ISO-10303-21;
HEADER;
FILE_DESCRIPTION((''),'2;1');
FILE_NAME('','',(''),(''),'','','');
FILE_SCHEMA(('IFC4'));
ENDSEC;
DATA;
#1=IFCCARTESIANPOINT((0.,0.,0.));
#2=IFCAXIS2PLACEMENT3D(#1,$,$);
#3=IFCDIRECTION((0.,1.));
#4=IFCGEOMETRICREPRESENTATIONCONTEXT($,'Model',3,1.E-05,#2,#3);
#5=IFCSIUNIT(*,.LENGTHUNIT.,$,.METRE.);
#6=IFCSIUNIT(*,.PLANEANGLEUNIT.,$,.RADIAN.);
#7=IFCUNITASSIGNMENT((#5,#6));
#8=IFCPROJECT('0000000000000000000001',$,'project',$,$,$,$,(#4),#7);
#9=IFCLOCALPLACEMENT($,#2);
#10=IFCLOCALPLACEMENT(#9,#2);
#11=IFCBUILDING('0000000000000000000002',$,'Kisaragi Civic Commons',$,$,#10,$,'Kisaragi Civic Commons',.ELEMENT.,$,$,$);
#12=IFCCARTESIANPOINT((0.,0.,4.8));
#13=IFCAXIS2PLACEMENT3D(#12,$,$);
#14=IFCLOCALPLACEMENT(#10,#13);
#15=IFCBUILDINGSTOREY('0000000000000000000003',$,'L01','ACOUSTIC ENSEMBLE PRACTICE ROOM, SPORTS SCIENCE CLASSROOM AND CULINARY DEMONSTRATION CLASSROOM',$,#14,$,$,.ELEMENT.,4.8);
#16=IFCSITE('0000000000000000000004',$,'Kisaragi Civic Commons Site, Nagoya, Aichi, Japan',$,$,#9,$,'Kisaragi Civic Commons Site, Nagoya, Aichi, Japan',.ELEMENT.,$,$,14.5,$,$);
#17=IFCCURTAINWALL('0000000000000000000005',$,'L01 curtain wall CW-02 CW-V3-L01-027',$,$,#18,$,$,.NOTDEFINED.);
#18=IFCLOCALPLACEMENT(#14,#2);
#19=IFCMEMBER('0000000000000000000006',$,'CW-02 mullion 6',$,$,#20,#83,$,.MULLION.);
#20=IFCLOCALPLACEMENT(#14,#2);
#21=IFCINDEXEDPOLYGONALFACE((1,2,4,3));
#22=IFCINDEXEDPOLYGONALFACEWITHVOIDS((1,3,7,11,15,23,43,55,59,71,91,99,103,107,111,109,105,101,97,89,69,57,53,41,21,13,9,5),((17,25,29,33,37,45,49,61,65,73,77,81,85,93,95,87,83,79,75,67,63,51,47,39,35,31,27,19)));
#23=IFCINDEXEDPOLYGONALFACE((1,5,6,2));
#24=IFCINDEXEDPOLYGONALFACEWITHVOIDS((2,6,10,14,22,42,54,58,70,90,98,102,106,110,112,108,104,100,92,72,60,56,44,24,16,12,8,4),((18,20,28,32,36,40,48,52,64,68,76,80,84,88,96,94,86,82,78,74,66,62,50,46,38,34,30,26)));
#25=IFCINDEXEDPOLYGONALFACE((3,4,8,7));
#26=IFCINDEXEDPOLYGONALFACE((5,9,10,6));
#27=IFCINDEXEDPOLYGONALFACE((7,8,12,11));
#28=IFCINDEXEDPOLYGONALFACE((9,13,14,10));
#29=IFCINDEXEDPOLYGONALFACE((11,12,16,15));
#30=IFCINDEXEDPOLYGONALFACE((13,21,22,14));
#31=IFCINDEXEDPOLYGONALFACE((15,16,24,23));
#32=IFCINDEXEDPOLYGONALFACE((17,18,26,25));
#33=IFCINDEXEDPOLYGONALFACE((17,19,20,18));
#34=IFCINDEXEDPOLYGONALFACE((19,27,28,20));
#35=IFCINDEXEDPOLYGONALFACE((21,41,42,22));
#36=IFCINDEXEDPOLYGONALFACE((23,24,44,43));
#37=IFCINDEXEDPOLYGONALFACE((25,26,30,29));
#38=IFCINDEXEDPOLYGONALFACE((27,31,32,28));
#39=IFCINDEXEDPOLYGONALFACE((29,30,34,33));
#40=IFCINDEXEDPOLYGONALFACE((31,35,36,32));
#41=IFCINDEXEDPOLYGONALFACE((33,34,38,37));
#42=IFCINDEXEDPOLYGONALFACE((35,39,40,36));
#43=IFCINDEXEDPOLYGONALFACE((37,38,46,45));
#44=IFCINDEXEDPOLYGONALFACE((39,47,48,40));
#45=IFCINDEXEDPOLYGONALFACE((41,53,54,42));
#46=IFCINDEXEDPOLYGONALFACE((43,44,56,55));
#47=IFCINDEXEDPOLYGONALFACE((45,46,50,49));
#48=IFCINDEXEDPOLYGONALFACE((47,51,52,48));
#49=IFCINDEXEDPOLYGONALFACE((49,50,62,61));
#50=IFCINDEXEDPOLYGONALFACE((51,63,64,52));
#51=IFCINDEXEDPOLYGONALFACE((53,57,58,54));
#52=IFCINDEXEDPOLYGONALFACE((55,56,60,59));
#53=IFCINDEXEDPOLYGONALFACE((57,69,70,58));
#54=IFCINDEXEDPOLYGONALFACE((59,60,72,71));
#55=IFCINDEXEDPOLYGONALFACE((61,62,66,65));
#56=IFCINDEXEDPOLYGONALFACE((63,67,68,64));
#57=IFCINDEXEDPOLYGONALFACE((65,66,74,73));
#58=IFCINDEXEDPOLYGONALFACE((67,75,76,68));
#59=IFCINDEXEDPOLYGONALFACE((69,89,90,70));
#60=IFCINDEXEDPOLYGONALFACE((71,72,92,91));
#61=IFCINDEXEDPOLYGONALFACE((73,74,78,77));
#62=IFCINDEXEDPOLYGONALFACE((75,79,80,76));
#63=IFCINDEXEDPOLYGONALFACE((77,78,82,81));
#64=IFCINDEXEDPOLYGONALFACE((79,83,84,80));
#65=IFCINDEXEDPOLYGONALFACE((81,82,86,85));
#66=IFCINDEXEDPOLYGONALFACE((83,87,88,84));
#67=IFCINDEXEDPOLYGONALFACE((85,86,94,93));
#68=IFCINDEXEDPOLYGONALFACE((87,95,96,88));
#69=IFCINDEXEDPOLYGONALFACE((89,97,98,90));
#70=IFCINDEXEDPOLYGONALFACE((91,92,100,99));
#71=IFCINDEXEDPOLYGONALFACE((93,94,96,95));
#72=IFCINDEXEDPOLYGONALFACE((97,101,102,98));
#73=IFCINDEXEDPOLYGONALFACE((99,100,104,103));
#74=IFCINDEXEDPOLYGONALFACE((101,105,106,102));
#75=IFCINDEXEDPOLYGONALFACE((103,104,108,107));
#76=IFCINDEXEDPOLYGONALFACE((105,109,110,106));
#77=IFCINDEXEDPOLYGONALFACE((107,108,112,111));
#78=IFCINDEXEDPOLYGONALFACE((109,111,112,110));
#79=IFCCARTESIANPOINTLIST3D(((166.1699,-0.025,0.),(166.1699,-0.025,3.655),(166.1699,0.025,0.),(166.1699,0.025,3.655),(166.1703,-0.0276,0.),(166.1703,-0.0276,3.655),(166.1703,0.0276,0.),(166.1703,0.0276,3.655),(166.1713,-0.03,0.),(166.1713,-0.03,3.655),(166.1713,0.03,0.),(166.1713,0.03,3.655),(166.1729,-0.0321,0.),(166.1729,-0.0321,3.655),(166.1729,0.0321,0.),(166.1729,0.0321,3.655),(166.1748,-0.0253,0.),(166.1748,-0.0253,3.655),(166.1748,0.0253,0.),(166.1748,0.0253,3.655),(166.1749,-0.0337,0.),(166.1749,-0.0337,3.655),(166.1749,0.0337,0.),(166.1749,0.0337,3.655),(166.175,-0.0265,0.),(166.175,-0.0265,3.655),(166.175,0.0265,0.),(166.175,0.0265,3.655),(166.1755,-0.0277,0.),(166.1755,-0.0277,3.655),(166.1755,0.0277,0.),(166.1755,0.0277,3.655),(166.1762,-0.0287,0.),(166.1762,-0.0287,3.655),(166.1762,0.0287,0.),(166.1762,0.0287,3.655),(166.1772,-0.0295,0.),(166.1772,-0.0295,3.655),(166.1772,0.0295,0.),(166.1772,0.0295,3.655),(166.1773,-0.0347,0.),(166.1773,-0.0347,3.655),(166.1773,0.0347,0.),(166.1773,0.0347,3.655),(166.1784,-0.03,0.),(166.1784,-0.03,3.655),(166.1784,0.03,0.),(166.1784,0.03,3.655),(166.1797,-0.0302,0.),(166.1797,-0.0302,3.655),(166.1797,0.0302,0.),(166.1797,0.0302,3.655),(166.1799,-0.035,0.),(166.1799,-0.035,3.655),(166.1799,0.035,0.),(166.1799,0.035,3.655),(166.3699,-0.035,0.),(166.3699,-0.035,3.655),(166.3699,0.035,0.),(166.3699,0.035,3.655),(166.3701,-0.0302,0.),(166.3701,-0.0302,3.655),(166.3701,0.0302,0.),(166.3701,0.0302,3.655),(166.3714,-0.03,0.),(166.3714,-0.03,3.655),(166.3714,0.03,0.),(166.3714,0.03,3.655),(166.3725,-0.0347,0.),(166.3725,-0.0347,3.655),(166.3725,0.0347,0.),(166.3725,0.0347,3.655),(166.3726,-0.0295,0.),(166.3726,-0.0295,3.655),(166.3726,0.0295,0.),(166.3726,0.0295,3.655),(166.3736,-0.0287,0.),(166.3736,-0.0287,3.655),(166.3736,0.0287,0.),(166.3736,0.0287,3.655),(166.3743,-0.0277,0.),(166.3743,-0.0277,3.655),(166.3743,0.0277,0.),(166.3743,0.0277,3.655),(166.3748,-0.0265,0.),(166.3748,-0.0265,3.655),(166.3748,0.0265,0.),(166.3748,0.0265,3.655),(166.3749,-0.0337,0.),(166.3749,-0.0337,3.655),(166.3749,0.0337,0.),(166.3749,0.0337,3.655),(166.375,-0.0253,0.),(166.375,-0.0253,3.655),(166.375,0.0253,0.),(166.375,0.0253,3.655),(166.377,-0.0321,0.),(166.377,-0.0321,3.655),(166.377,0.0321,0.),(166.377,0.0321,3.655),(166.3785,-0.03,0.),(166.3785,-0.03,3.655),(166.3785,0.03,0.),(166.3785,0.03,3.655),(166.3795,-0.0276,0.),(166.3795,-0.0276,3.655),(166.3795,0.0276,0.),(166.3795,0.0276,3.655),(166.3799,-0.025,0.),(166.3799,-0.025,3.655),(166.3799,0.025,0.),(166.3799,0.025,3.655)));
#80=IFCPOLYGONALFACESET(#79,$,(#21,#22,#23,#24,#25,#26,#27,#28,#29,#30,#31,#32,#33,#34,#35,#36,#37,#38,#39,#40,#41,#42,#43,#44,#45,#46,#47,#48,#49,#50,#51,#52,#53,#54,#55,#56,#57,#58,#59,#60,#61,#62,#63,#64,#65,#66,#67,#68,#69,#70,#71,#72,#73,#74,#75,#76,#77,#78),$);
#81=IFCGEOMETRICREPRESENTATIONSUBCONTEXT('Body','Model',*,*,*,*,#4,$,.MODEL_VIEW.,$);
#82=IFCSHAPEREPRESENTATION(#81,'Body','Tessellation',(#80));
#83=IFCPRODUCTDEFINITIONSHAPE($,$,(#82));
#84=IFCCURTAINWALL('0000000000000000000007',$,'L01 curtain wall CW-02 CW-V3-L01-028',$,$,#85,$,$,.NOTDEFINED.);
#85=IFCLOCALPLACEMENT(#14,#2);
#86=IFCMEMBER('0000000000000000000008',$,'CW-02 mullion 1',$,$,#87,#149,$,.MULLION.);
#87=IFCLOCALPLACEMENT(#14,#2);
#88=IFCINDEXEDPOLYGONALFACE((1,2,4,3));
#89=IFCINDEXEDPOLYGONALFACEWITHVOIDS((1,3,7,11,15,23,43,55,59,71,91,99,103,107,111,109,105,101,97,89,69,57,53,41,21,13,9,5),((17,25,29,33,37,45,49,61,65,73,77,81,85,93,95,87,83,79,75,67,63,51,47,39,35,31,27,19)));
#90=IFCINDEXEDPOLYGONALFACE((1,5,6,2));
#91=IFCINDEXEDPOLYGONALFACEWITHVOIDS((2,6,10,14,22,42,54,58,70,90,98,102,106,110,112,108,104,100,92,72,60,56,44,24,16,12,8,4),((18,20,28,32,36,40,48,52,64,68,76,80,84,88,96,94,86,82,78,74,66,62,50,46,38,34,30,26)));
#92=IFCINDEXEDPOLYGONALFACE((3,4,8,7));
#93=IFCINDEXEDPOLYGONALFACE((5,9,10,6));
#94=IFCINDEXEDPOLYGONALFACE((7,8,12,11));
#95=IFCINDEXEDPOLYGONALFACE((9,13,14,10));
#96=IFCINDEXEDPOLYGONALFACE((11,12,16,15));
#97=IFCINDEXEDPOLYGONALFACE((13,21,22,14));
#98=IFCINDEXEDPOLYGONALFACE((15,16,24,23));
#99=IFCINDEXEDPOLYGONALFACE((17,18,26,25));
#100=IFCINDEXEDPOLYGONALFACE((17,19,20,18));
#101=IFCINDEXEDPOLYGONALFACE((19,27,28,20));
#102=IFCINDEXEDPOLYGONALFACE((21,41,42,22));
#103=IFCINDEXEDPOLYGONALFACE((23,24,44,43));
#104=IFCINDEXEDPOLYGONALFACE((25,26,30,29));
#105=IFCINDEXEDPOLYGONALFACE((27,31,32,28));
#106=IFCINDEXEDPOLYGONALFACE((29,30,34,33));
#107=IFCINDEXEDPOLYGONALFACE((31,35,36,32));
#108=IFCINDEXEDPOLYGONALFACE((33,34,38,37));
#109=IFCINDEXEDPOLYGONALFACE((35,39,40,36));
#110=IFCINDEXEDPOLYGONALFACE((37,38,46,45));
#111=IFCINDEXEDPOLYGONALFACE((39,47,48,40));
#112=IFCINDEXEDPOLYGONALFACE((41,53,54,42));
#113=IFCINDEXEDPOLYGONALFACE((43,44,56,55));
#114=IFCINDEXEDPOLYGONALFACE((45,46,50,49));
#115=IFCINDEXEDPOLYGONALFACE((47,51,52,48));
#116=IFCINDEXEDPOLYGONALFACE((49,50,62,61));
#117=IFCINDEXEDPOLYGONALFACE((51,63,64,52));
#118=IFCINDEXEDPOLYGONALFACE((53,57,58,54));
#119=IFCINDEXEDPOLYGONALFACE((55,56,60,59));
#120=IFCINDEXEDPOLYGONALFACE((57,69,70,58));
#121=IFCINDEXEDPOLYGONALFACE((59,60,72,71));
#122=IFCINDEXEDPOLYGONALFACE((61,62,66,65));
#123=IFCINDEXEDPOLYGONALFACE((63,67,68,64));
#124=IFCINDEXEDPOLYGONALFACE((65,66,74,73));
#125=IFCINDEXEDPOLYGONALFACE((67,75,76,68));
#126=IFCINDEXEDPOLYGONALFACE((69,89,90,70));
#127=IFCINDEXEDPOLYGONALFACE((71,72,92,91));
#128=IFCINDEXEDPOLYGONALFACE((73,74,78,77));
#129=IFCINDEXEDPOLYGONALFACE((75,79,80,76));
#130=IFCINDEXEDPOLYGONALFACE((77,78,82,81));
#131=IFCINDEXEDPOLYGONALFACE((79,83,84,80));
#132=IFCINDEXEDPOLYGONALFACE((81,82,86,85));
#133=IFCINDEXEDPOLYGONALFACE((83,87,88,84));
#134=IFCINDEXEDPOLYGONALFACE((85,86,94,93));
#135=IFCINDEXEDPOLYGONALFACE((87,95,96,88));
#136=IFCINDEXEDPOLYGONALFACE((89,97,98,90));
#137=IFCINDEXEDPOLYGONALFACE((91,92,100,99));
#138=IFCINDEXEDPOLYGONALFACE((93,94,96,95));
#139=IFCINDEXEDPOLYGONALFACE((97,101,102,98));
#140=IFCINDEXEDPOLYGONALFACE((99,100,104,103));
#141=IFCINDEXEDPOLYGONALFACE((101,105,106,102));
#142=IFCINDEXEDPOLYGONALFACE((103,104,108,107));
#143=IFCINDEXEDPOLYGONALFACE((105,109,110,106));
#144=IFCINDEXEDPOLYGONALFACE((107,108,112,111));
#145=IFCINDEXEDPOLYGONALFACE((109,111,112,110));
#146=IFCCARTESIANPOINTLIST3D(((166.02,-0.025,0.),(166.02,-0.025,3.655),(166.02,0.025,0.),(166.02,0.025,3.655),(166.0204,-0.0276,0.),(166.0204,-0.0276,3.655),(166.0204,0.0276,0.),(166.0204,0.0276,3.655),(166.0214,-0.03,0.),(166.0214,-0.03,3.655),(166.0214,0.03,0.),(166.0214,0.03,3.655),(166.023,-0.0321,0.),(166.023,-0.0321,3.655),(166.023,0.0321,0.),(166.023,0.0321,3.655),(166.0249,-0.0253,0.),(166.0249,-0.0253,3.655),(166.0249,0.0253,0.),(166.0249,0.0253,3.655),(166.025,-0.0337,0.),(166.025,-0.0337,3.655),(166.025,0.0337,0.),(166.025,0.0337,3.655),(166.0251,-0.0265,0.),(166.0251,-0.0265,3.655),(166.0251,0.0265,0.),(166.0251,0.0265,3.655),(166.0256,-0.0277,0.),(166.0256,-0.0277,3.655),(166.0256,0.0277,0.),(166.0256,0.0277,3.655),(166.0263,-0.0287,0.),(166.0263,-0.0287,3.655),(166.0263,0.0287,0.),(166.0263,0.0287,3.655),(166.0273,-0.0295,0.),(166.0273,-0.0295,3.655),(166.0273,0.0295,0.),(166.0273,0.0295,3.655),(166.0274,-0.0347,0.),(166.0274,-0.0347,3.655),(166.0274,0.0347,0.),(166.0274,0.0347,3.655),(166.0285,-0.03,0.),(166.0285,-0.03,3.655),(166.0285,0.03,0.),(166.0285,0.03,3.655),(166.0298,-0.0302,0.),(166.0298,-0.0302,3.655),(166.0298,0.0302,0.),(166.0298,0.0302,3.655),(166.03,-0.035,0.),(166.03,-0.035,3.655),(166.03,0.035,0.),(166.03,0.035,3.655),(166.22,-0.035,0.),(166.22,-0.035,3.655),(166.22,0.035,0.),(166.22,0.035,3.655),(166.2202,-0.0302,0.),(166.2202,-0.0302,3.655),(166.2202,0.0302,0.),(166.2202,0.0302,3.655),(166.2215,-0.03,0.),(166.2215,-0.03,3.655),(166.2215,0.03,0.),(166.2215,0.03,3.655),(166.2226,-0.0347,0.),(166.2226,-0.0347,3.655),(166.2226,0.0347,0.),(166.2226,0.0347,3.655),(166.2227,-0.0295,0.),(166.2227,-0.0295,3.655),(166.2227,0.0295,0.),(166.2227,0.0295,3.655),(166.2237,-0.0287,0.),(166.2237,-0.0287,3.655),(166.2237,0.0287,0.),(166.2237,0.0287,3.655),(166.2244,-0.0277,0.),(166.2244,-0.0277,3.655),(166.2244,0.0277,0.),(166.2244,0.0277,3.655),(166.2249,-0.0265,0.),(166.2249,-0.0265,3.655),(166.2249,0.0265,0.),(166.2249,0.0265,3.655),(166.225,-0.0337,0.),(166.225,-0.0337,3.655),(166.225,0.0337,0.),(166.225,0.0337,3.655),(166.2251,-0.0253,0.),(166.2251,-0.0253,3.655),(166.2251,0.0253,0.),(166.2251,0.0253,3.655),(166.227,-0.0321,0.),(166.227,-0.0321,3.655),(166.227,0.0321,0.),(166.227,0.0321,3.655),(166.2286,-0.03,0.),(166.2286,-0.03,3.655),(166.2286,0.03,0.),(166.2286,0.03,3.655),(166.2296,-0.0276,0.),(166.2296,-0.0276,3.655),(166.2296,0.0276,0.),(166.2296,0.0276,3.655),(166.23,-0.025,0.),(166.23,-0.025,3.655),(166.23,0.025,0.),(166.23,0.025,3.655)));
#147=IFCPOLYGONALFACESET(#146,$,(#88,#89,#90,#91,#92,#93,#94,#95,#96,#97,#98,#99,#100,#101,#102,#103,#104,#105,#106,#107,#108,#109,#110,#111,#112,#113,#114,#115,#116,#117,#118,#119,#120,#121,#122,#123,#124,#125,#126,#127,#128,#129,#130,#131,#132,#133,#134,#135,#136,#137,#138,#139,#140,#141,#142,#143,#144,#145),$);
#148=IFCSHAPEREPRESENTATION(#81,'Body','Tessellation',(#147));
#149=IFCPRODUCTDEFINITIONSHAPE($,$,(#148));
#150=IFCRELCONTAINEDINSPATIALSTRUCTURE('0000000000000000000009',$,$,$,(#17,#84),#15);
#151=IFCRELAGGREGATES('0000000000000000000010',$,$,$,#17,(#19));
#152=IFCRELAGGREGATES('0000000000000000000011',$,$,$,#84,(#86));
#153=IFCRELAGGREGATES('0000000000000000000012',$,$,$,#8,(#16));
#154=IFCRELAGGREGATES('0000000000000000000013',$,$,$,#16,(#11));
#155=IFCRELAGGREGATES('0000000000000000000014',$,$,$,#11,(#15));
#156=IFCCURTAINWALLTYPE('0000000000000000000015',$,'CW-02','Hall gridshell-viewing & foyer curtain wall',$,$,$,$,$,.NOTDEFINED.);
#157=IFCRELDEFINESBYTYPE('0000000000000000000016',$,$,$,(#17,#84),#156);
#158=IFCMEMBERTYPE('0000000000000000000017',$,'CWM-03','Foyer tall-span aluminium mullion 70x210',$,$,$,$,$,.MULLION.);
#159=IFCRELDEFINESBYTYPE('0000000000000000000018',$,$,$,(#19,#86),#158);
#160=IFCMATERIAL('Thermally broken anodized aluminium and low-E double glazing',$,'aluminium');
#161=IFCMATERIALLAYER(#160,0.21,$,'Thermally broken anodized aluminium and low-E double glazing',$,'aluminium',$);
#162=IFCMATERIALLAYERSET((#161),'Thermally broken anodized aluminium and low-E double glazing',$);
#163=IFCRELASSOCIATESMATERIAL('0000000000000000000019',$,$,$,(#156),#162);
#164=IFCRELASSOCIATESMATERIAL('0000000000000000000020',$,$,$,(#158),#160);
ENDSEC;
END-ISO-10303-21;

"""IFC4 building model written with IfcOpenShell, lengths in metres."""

from ifc_helpers import new_model, si_unit, direction, frame, origin, origin_2d, place, context, subcontext, project, spatial, hollow_rectangle, extrude, material, layer, layer_set, material_profile, profile_set, type_object, element, aggregate, save


model = new_model("IFC4")

# Units and contexts
model_context = context("Model", 3, precision=1e-05, world=origin(), true_north=direction((0.0, 1.0)))
body_context = subcontext(model_context, "Body", "Model", "MODEL_VIEW")
ifc_project = project(units=[si_unit("LENGTHUNIT", "METRE"), si_unit("PLANEANGLEUNIT", "RADIAN")], contexts=[model_context])

# Site, building, storey
site_placement = place(None, origin())
site = spatial("IfcSite", under=ifc_project, at=site_placement, Name="Kisaragi Civic Commons Site, Nagoya, Aichi, Japan", LongName="Kisaragi Civic Commons Site, Nagoya, Aichi, Japan", CompositionType="ELEMENT", RefElevation=14.5)
building_placement = place(site_placement, origin())
building = spatial("IfcBuilding", under=site, at=building_placement, Name="Kisaragi Civic Commons", LongName="Kisaragi Civic Commons", CompositionType="ELEMENT")
storey_placement = place(building_placement, frame((0.0, 0.0, 4.8)))
storey = spatial("IfcBuildingStorey", under=building, at=storey_placement, Name="L01", Description="ACOUSTIC ENSEMBLE PRACTICE ROOM, SPORTS SCIENCE CLASSROOM AND CULINARY DEMONSTRATION CLASSROOM", CompositionType="ELEMENT", Elevation=4.8)

# Curtain wall, member
ifc_material_1 = material(Name="Thermally broken anodized aluminium and low-E double glazing", Category="aluminium")
ifc_layer_1 = layer(ifc_material_1, 0.21, Name="Thermally broken anodized aluminium and low-E double glazing", Category="aluminium")
ifc_layer_set_1 = layer_set([ifc_layer_1], Name="Thermally broken anodized aluminium and low-E double glazing")
curtain_wall_type = type_object("IfcCurtainWallType", Name="CW-02", Description="Hall gridshell-viewing & foyer curtain wall", PredefinedType="NOTDEFINED", material=ifc_layer_set_1)
curtain_wall_1_placement = place(storey_placement, origin())
curtain_wall_1 = element("IfcCurtainWall", 1, at=curtain_wall_1_placement, inside=storey, type_object=curtain_wall_type, Name="L01 curtain wall CW-02 CW-V3-L01-027", PredefinedType="NOTDEFINED")
ifc_material_profile_1 = material_profile(ifc_material_1, hollow_rectangle(XDim=0.0701, YDim=0.21, WallThickness=0.0049, InnerFilletRadius=0.0049, OuterFilletRadius=0.01, at=origin_2d()), Name="CWM-70x210x5", Category="aluminium")
ifc_profile_set_1 = profile_set([ifc_material_profile_1], Name="Thermally broken anodized aluminium and low-E double glazing")
member_type_1 = type_object("IfcMemberType", Name="CWM-03", Description="Foyer tall-span aluminium mullion 70x210", PredefinedType="MULLION", material=ifc_profile_set_1)
member_1_placement = place(storey_placement, frame((166.2749, 0.0, 0.0), z_axis=(0.0, 0.0, 1.0), x_axis=(0.0, -1.0, 0.0)))
member_1 = element("IfcMember", 2, at=member_1_placement, type_object=member_type_1, Name="CW-02 mullion 6", PredefinedType="MULLION", context=body_context, shape_type="SweptSolid", body=[
    extrude(hollow_rectangle(XDim=0.0701, YDim=0.21, WallThickness=0.0049, InnerFilletRadius=0.0049, OuterFilletRadius=0.01, at=origin_2d()), origin(), (0.0, 0.0, 1.0), 3.655),
])

# Curtain wall, member
curtain_wall_2_placement = place(storey_placement, origin())
curtain_wall_2 = element("IfcCurtainWall", 3, at=curtain_wall_2_placement, inside=storey, type_object=curtain_wall_type, Name="L01 curtain wall CW-02 CW-V3-L01-028", PredefinedType="NOTDEFINED")
member_2_placement = place(storey_placement, frame((166.125, 0.0, 0.0), z_axis=(0.0, 0.0, 1.0), x_axis=(0.0, -1.0, 0.0)))
member_2 = element("IfcMember", 4, at=member_2_placement, type_object=member_type_1, Name="CW-02 mullion 1", PredefinedType="MULLION", context=body_context, shape_type="SweptSolid", body=[
    extrude(hollow_rectangle(XDim=0.0701, YDim=0.21, WallThickness=0.0049, InnerFilletRadius=0.0049, OuterFilletRadius=0.01, at=origin_2d()), origin(), (0.0, 0.0, 1.0), 3.655),
])

aggregate(curtain_wall_1, [member_1])
aggregate(curtain_wall_2, [member_2])

save(model, "model.ifc")
